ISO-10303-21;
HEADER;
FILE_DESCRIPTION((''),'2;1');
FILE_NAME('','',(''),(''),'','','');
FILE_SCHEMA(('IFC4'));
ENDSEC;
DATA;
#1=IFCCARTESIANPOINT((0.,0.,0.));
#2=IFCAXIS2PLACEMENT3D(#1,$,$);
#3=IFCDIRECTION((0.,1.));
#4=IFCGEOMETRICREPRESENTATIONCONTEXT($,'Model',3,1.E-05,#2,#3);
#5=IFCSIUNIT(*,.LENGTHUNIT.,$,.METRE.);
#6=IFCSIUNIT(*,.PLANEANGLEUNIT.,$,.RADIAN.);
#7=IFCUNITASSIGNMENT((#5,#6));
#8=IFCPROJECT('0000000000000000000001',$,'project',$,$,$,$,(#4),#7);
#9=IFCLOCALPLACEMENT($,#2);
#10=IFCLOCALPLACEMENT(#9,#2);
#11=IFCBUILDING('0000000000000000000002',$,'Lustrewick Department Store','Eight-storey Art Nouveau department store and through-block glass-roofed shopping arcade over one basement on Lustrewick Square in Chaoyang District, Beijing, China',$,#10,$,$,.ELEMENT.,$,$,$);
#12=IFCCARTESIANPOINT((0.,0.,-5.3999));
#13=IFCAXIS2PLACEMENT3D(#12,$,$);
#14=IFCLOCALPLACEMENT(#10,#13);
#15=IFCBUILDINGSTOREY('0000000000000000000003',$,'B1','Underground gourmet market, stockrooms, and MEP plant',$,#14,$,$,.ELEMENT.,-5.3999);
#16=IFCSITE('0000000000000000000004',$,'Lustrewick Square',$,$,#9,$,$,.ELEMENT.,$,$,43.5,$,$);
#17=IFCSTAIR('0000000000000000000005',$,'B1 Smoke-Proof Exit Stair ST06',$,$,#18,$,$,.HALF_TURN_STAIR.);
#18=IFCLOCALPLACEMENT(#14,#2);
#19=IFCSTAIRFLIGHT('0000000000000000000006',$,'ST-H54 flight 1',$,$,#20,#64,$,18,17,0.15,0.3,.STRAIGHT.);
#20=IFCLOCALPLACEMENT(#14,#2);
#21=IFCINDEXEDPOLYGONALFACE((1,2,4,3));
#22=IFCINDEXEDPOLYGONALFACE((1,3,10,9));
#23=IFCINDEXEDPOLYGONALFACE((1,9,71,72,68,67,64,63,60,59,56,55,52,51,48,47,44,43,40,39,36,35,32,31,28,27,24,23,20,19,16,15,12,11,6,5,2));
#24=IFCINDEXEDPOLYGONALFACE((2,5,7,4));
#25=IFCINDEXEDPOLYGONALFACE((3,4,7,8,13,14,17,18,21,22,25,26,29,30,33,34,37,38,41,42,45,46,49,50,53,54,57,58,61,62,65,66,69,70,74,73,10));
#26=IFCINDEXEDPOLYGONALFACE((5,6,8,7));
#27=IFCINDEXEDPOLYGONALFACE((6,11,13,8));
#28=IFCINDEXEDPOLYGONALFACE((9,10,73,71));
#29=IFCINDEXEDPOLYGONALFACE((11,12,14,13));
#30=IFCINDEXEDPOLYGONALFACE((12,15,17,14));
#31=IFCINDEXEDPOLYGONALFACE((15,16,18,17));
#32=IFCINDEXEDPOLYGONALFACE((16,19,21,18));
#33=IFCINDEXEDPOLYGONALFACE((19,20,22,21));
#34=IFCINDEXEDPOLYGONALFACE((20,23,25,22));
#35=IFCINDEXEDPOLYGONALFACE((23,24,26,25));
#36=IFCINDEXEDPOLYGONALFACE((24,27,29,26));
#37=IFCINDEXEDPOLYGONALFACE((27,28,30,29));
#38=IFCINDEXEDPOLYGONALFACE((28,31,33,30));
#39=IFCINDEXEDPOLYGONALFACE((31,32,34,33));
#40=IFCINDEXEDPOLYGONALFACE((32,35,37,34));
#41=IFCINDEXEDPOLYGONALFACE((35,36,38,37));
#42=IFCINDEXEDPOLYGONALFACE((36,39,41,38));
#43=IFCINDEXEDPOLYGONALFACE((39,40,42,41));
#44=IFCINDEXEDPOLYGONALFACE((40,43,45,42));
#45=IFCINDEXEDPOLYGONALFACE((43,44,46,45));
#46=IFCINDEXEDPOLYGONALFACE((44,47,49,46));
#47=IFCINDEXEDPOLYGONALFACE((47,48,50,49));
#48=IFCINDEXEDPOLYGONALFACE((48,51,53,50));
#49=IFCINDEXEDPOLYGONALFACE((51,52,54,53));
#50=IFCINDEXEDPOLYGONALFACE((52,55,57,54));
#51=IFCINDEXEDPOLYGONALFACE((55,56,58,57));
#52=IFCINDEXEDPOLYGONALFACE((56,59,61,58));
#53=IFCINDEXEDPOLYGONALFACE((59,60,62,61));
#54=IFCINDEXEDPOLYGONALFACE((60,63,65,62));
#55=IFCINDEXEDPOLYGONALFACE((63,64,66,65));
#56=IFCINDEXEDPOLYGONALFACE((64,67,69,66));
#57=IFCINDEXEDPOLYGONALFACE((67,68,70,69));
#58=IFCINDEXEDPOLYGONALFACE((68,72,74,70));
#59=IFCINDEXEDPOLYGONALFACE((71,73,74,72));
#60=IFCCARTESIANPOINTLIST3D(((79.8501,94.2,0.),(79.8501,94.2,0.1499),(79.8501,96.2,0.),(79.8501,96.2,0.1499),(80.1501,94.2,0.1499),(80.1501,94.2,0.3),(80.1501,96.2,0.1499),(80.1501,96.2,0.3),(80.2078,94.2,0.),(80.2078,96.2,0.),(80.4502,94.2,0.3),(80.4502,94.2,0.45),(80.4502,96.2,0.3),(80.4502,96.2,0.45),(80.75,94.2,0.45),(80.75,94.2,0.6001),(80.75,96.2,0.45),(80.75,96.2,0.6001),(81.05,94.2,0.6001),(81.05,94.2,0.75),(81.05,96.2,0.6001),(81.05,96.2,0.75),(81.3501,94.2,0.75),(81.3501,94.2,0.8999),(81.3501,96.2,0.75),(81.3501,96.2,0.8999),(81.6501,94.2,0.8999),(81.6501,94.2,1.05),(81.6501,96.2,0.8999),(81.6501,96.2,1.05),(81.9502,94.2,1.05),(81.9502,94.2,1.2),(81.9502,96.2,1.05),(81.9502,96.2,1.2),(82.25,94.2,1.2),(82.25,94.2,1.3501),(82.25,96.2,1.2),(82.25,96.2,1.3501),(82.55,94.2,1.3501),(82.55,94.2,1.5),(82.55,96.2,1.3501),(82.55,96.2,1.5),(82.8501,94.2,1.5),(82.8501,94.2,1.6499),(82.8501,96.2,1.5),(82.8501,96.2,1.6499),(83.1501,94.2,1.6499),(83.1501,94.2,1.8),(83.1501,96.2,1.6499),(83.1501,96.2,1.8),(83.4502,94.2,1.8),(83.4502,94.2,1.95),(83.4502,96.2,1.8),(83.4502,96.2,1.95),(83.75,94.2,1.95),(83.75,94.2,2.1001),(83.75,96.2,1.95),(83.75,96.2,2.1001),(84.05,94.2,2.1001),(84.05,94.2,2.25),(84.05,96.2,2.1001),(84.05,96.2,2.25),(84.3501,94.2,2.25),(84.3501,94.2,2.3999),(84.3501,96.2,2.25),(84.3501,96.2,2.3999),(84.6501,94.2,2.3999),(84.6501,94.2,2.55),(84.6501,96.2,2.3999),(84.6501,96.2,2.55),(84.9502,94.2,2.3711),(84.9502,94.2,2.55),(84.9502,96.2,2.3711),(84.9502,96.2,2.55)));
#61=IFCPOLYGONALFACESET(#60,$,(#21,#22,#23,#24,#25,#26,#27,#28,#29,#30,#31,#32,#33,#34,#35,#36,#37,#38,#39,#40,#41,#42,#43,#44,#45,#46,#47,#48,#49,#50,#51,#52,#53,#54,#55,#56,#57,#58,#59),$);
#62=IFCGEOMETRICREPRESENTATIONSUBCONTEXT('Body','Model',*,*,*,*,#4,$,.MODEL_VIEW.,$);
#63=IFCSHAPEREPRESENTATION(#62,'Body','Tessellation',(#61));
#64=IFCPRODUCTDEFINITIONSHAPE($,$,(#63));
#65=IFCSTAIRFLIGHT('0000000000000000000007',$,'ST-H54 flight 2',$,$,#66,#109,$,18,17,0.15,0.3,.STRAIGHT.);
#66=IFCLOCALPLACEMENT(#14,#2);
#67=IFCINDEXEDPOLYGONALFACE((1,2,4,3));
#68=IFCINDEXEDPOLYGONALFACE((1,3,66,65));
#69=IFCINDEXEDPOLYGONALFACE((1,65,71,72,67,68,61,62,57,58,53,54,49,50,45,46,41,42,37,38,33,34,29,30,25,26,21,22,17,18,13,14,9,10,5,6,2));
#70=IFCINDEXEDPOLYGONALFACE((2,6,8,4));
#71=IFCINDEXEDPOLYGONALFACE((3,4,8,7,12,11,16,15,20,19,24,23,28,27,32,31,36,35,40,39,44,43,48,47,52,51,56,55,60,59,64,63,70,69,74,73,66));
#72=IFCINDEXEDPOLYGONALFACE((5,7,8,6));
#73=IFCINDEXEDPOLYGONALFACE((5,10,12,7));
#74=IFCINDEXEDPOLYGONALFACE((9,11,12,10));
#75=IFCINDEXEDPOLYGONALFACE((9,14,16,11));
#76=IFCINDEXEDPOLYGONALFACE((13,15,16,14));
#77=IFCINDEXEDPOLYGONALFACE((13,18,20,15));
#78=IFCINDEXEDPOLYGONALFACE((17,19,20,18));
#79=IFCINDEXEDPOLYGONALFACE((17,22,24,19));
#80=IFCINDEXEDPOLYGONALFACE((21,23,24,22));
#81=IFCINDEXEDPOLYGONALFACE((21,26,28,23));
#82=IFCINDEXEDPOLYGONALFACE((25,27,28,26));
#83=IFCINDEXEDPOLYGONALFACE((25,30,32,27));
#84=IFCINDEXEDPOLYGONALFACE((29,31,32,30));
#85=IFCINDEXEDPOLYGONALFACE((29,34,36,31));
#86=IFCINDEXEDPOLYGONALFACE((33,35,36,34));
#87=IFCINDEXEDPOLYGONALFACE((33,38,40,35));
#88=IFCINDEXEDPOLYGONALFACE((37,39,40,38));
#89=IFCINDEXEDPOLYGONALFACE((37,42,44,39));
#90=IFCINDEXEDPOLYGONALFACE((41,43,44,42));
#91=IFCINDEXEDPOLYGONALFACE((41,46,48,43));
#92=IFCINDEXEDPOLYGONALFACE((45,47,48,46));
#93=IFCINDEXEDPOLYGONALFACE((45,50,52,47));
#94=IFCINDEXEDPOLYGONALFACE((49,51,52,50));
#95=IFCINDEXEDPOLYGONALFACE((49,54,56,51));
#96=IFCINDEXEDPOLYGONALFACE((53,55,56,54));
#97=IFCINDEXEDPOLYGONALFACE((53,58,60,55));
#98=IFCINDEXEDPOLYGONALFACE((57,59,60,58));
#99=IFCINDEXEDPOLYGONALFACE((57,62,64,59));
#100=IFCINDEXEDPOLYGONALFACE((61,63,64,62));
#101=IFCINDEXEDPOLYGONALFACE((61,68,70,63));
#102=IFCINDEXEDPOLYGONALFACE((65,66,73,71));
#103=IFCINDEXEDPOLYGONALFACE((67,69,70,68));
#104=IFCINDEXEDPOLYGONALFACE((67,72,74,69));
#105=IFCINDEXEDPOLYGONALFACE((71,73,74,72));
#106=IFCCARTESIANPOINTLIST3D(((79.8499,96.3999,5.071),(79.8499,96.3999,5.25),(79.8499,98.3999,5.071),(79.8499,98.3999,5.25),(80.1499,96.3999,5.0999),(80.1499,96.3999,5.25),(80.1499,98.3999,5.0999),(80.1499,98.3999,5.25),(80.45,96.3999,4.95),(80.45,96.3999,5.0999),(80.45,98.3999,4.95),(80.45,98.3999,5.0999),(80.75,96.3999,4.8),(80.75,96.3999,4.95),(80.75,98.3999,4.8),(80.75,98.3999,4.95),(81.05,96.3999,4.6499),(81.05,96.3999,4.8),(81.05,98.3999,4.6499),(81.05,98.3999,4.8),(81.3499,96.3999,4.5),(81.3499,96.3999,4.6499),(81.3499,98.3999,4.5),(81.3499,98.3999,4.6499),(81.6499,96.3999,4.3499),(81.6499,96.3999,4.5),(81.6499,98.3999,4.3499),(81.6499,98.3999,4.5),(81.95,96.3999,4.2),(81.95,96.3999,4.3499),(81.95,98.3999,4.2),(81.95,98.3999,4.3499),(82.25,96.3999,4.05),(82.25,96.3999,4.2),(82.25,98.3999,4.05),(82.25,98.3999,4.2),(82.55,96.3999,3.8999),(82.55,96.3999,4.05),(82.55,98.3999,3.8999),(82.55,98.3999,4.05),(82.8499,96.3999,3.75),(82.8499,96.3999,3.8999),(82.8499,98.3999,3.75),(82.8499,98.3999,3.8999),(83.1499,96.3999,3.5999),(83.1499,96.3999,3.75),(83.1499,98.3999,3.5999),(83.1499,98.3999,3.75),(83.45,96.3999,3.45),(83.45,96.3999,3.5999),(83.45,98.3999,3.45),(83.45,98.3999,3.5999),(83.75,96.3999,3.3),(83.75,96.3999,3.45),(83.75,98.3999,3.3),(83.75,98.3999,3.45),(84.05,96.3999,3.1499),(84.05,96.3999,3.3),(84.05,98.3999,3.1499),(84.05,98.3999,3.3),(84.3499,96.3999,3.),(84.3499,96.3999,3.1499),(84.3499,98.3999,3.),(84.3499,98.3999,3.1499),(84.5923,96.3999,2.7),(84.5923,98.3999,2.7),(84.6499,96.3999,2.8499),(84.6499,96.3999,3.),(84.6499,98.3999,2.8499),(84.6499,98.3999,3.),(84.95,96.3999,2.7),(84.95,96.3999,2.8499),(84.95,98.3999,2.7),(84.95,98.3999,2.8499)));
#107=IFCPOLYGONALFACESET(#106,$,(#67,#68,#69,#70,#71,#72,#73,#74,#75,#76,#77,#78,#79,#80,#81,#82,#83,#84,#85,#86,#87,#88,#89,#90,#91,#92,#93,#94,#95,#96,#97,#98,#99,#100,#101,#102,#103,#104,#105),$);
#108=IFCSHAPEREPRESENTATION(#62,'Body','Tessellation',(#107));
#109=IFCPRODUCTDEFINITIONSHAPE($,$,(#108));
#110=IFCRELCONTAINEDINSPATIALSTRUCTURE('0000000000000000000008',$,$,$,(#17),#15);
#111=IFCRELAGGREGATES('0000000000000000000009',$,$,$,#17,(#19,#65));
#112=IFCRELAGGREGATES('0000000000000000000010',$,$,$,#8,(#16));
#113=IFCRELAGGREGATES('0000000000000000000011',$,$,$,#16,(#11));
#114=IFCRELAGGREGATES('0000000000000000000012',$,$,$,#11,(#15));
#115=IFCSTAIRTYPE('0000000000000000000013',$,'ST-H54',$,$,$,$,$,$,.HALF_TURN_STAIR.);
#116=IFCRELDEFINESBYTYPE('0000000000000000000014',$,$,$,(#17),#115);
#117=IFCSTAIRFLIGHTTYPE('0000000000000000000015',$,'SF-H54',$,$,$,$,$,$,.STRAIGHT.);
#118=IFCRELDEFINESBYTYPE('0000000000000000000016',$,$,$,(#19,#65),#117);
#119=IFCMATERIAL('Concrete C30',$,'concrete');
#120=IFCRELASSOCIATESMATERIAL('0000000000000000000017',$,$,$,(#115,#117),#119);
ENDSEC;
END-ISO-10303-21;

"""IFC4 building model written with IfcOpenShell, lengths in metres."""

from ifc_helpers import new_model, si_unit, direction, frame, origin, place, context, subcontext, project, spatial, polyline, outline, extrude, material, type_object, element, aggregate, save


model = new_model("IFC4")

# Units and contexts
model_context = context("Model", 3, precision=1e-05, world=origin(), true_north=direction((0.0, 1.0)))
body_context = subcontext(model_context, "Body", "Model", "MODEL_VIEW")
ifc_project = project(units=[si_unit("LENGTHUNIT", "METRE"), si_unit("PLANEANGLEUNIT", "RADIAN")], contexts=[model_context])

# Site, building, storey
site_placement = place(None, origin())
site = spatial("IfcSite", under=ifc_project, at=site_placement, Name="Lustrewick Square", CompositionType="ELEMENT", RefElevation=43.5)
building_placement = place(site_placement, origin())
building = spatial("IfcBuilding", under=site, at=building_placement, Name="Lustrewick Department Store", Description="Eight-storey Art Nouveau department store and through-block glass-roofed shopping arcade over one basement on Lustrewick Square in Chaoyang District, Beijing, China", CompositionType="ELEMENT")
storey_placement = place(building_placement, frame((0.0, 0.0, -5.3999)))
storey = spatial("IfcBuildingStorey", under=building, at=storey_placement, Name="B1", Description="Underground gourmet market, stockrooms, and MEP plant", CompositionType="ELEMENT", Elevation=-5.3999)

# Stair, stair flights
ifc_material_1 = material(Name="Concrete C30", Category="concrete")
stair_type = type_object("IfcStairType", Name="ST-H54", PredefinedType="HALF_TURN_STAIR", material=ifc_material_1)
stair_placement = place(storey_placement, origin())
stair = element("IfcStair", 1, at=stair_placement, inside=storey, type_object=stair_type, Name="B1 Smoke-Proof Exit Stair ST06", PredefinedType="HALF_TURN_STAIR")
stair_flight_type = type_object("IfcStairFlightType", Name="SF-H54", PredefinedType="STRAIGHT", material=ifc_material_1)
stair_flight_1_placement = place(storey_placement, frame((79.8501, 95.2, 0.0), z_axis=(0.0, 0.0, 1.0), x_axis=(1.0, 0.0, 0.0)))
stair_flight_1 = element("IfcStairFlight", 2, at=stair_flight_1_placement, type_object=stair_flight_type, Name="ST-H54 flight 1", NumberOfRisers=18, NumberOfTreads=17, PredefinedType="STRAIGHT", RiserHeight=0.15, TreadLength=0.3, context=body_context, shape_type="SweptSolid", body=[
    extrude(outline(polyline([(0.0, 0.0), (0.0, 0.1499), (0.3, 0.1499), (0.3, 0.3), (0.6001, 0.3), (0.6001, 0.45), (0.8999, 0.45), (0.8999, 0.6001), (1.2, 0.6001), (1.2, 0.75), (1.5, 0.75), (1.5, 0.8999), (1.8, 0.8999), (1.8, 1.05), (2.1001, 1.05), (2.1001, 1.2), (2.3999, 1.2), (2.3999, 1.3501), (2.7, 1.3501), (2.7, 1.5), (3.0, 1.5), (3.0, 1.6499), (3.3, 1.6499), (3.3, 1.8), (3.6001, 1.8), (3.6001, 1.95), (3.8999, 1.95), (3.8999, 2.1001), (4.2, 2.1001), (4.2, 2.25), (4.5, 2.25), (4.5, 2.3999), (4.8, 2.3999), (4.8, 2.55), (5.1001, 2.55), (5.1001, 2.7), (5.1001, 2.3711), (0.3577, 0.0), (0.0, 0.0)])), frame((0.0, 1.0, 0.0), z_axis=(0.0, -1.0, 0.0), x_axis=(1.0, 0.0, 0.0)), (0.0, 0.0, 1.0), 2.0),
])
stair_flight_2_placement = place(storey_placement, frame((84.95, 97.3999, 2.7), z_axis=(0.0, 0.0, 1.0), x_axis=(-1.0, 0.0, 0.0)))
stair_flight_2 = element("IfcStairFlight", 3, at=stair_flight_2_placement, type_object=stair_flight_type, Name="ST-H54 flight 2", NumberOfRisers=18, NumberOfTreads=17, PredefinedType="STRAIGHT", RiserHeight=0.15, TreadLength=0.3, context=body_context, shape_type="SweptSolid", body=[
    extrude(outline(polyline([(0.0, 0.0), (0.0, 0.1499), (0.3, 0.1499), (0.3, 0.3), (0.6001, 0.3), (0.6001, 0.45), (0.8999, 0.45), (0.8999, 0.6001), (1.2, 0.6001), (1.2, 0.75), (1.5, 0.75), (1.5, 0.8999), (1.8, 0.8999), (1.8, 1.05), (2.1001, 1.05), (2.1001, 1.2), (2.3999, 1.2), (2.3999, 1.3501), (2.7, 1.3501), (2.7, 1.5), (3.0, 1.5), (3.0, 1.6499), (3.3, 1.6499), (3.3, 1.8), (3.6001, 1.8), (3.6001, 1.95), (3.8999, 1.95), (3.8999, 2.1001), (4.2, 2.1001), (4.2, 2.25), (4.5, 2.25), (4.5, 2.3999), (4.8, 2.3999), (4.8, 2.55), (5.1001, 2.55), (5.1001, 2.7), (5.1001, 2.3711), (0.3577, 0.0), (0.0, 0.0)])), frame((0.0, 1.0, 0.0), z_axis=(0.0, -1.0, 0.0), x_axis=(1.0, 0.0, 0.0)), (0.0, 0.0, 1.0), 2.0),
])
aggregate(stair, [stair_flight_1, stair_flight_2])

save(model, "model.ifc")
